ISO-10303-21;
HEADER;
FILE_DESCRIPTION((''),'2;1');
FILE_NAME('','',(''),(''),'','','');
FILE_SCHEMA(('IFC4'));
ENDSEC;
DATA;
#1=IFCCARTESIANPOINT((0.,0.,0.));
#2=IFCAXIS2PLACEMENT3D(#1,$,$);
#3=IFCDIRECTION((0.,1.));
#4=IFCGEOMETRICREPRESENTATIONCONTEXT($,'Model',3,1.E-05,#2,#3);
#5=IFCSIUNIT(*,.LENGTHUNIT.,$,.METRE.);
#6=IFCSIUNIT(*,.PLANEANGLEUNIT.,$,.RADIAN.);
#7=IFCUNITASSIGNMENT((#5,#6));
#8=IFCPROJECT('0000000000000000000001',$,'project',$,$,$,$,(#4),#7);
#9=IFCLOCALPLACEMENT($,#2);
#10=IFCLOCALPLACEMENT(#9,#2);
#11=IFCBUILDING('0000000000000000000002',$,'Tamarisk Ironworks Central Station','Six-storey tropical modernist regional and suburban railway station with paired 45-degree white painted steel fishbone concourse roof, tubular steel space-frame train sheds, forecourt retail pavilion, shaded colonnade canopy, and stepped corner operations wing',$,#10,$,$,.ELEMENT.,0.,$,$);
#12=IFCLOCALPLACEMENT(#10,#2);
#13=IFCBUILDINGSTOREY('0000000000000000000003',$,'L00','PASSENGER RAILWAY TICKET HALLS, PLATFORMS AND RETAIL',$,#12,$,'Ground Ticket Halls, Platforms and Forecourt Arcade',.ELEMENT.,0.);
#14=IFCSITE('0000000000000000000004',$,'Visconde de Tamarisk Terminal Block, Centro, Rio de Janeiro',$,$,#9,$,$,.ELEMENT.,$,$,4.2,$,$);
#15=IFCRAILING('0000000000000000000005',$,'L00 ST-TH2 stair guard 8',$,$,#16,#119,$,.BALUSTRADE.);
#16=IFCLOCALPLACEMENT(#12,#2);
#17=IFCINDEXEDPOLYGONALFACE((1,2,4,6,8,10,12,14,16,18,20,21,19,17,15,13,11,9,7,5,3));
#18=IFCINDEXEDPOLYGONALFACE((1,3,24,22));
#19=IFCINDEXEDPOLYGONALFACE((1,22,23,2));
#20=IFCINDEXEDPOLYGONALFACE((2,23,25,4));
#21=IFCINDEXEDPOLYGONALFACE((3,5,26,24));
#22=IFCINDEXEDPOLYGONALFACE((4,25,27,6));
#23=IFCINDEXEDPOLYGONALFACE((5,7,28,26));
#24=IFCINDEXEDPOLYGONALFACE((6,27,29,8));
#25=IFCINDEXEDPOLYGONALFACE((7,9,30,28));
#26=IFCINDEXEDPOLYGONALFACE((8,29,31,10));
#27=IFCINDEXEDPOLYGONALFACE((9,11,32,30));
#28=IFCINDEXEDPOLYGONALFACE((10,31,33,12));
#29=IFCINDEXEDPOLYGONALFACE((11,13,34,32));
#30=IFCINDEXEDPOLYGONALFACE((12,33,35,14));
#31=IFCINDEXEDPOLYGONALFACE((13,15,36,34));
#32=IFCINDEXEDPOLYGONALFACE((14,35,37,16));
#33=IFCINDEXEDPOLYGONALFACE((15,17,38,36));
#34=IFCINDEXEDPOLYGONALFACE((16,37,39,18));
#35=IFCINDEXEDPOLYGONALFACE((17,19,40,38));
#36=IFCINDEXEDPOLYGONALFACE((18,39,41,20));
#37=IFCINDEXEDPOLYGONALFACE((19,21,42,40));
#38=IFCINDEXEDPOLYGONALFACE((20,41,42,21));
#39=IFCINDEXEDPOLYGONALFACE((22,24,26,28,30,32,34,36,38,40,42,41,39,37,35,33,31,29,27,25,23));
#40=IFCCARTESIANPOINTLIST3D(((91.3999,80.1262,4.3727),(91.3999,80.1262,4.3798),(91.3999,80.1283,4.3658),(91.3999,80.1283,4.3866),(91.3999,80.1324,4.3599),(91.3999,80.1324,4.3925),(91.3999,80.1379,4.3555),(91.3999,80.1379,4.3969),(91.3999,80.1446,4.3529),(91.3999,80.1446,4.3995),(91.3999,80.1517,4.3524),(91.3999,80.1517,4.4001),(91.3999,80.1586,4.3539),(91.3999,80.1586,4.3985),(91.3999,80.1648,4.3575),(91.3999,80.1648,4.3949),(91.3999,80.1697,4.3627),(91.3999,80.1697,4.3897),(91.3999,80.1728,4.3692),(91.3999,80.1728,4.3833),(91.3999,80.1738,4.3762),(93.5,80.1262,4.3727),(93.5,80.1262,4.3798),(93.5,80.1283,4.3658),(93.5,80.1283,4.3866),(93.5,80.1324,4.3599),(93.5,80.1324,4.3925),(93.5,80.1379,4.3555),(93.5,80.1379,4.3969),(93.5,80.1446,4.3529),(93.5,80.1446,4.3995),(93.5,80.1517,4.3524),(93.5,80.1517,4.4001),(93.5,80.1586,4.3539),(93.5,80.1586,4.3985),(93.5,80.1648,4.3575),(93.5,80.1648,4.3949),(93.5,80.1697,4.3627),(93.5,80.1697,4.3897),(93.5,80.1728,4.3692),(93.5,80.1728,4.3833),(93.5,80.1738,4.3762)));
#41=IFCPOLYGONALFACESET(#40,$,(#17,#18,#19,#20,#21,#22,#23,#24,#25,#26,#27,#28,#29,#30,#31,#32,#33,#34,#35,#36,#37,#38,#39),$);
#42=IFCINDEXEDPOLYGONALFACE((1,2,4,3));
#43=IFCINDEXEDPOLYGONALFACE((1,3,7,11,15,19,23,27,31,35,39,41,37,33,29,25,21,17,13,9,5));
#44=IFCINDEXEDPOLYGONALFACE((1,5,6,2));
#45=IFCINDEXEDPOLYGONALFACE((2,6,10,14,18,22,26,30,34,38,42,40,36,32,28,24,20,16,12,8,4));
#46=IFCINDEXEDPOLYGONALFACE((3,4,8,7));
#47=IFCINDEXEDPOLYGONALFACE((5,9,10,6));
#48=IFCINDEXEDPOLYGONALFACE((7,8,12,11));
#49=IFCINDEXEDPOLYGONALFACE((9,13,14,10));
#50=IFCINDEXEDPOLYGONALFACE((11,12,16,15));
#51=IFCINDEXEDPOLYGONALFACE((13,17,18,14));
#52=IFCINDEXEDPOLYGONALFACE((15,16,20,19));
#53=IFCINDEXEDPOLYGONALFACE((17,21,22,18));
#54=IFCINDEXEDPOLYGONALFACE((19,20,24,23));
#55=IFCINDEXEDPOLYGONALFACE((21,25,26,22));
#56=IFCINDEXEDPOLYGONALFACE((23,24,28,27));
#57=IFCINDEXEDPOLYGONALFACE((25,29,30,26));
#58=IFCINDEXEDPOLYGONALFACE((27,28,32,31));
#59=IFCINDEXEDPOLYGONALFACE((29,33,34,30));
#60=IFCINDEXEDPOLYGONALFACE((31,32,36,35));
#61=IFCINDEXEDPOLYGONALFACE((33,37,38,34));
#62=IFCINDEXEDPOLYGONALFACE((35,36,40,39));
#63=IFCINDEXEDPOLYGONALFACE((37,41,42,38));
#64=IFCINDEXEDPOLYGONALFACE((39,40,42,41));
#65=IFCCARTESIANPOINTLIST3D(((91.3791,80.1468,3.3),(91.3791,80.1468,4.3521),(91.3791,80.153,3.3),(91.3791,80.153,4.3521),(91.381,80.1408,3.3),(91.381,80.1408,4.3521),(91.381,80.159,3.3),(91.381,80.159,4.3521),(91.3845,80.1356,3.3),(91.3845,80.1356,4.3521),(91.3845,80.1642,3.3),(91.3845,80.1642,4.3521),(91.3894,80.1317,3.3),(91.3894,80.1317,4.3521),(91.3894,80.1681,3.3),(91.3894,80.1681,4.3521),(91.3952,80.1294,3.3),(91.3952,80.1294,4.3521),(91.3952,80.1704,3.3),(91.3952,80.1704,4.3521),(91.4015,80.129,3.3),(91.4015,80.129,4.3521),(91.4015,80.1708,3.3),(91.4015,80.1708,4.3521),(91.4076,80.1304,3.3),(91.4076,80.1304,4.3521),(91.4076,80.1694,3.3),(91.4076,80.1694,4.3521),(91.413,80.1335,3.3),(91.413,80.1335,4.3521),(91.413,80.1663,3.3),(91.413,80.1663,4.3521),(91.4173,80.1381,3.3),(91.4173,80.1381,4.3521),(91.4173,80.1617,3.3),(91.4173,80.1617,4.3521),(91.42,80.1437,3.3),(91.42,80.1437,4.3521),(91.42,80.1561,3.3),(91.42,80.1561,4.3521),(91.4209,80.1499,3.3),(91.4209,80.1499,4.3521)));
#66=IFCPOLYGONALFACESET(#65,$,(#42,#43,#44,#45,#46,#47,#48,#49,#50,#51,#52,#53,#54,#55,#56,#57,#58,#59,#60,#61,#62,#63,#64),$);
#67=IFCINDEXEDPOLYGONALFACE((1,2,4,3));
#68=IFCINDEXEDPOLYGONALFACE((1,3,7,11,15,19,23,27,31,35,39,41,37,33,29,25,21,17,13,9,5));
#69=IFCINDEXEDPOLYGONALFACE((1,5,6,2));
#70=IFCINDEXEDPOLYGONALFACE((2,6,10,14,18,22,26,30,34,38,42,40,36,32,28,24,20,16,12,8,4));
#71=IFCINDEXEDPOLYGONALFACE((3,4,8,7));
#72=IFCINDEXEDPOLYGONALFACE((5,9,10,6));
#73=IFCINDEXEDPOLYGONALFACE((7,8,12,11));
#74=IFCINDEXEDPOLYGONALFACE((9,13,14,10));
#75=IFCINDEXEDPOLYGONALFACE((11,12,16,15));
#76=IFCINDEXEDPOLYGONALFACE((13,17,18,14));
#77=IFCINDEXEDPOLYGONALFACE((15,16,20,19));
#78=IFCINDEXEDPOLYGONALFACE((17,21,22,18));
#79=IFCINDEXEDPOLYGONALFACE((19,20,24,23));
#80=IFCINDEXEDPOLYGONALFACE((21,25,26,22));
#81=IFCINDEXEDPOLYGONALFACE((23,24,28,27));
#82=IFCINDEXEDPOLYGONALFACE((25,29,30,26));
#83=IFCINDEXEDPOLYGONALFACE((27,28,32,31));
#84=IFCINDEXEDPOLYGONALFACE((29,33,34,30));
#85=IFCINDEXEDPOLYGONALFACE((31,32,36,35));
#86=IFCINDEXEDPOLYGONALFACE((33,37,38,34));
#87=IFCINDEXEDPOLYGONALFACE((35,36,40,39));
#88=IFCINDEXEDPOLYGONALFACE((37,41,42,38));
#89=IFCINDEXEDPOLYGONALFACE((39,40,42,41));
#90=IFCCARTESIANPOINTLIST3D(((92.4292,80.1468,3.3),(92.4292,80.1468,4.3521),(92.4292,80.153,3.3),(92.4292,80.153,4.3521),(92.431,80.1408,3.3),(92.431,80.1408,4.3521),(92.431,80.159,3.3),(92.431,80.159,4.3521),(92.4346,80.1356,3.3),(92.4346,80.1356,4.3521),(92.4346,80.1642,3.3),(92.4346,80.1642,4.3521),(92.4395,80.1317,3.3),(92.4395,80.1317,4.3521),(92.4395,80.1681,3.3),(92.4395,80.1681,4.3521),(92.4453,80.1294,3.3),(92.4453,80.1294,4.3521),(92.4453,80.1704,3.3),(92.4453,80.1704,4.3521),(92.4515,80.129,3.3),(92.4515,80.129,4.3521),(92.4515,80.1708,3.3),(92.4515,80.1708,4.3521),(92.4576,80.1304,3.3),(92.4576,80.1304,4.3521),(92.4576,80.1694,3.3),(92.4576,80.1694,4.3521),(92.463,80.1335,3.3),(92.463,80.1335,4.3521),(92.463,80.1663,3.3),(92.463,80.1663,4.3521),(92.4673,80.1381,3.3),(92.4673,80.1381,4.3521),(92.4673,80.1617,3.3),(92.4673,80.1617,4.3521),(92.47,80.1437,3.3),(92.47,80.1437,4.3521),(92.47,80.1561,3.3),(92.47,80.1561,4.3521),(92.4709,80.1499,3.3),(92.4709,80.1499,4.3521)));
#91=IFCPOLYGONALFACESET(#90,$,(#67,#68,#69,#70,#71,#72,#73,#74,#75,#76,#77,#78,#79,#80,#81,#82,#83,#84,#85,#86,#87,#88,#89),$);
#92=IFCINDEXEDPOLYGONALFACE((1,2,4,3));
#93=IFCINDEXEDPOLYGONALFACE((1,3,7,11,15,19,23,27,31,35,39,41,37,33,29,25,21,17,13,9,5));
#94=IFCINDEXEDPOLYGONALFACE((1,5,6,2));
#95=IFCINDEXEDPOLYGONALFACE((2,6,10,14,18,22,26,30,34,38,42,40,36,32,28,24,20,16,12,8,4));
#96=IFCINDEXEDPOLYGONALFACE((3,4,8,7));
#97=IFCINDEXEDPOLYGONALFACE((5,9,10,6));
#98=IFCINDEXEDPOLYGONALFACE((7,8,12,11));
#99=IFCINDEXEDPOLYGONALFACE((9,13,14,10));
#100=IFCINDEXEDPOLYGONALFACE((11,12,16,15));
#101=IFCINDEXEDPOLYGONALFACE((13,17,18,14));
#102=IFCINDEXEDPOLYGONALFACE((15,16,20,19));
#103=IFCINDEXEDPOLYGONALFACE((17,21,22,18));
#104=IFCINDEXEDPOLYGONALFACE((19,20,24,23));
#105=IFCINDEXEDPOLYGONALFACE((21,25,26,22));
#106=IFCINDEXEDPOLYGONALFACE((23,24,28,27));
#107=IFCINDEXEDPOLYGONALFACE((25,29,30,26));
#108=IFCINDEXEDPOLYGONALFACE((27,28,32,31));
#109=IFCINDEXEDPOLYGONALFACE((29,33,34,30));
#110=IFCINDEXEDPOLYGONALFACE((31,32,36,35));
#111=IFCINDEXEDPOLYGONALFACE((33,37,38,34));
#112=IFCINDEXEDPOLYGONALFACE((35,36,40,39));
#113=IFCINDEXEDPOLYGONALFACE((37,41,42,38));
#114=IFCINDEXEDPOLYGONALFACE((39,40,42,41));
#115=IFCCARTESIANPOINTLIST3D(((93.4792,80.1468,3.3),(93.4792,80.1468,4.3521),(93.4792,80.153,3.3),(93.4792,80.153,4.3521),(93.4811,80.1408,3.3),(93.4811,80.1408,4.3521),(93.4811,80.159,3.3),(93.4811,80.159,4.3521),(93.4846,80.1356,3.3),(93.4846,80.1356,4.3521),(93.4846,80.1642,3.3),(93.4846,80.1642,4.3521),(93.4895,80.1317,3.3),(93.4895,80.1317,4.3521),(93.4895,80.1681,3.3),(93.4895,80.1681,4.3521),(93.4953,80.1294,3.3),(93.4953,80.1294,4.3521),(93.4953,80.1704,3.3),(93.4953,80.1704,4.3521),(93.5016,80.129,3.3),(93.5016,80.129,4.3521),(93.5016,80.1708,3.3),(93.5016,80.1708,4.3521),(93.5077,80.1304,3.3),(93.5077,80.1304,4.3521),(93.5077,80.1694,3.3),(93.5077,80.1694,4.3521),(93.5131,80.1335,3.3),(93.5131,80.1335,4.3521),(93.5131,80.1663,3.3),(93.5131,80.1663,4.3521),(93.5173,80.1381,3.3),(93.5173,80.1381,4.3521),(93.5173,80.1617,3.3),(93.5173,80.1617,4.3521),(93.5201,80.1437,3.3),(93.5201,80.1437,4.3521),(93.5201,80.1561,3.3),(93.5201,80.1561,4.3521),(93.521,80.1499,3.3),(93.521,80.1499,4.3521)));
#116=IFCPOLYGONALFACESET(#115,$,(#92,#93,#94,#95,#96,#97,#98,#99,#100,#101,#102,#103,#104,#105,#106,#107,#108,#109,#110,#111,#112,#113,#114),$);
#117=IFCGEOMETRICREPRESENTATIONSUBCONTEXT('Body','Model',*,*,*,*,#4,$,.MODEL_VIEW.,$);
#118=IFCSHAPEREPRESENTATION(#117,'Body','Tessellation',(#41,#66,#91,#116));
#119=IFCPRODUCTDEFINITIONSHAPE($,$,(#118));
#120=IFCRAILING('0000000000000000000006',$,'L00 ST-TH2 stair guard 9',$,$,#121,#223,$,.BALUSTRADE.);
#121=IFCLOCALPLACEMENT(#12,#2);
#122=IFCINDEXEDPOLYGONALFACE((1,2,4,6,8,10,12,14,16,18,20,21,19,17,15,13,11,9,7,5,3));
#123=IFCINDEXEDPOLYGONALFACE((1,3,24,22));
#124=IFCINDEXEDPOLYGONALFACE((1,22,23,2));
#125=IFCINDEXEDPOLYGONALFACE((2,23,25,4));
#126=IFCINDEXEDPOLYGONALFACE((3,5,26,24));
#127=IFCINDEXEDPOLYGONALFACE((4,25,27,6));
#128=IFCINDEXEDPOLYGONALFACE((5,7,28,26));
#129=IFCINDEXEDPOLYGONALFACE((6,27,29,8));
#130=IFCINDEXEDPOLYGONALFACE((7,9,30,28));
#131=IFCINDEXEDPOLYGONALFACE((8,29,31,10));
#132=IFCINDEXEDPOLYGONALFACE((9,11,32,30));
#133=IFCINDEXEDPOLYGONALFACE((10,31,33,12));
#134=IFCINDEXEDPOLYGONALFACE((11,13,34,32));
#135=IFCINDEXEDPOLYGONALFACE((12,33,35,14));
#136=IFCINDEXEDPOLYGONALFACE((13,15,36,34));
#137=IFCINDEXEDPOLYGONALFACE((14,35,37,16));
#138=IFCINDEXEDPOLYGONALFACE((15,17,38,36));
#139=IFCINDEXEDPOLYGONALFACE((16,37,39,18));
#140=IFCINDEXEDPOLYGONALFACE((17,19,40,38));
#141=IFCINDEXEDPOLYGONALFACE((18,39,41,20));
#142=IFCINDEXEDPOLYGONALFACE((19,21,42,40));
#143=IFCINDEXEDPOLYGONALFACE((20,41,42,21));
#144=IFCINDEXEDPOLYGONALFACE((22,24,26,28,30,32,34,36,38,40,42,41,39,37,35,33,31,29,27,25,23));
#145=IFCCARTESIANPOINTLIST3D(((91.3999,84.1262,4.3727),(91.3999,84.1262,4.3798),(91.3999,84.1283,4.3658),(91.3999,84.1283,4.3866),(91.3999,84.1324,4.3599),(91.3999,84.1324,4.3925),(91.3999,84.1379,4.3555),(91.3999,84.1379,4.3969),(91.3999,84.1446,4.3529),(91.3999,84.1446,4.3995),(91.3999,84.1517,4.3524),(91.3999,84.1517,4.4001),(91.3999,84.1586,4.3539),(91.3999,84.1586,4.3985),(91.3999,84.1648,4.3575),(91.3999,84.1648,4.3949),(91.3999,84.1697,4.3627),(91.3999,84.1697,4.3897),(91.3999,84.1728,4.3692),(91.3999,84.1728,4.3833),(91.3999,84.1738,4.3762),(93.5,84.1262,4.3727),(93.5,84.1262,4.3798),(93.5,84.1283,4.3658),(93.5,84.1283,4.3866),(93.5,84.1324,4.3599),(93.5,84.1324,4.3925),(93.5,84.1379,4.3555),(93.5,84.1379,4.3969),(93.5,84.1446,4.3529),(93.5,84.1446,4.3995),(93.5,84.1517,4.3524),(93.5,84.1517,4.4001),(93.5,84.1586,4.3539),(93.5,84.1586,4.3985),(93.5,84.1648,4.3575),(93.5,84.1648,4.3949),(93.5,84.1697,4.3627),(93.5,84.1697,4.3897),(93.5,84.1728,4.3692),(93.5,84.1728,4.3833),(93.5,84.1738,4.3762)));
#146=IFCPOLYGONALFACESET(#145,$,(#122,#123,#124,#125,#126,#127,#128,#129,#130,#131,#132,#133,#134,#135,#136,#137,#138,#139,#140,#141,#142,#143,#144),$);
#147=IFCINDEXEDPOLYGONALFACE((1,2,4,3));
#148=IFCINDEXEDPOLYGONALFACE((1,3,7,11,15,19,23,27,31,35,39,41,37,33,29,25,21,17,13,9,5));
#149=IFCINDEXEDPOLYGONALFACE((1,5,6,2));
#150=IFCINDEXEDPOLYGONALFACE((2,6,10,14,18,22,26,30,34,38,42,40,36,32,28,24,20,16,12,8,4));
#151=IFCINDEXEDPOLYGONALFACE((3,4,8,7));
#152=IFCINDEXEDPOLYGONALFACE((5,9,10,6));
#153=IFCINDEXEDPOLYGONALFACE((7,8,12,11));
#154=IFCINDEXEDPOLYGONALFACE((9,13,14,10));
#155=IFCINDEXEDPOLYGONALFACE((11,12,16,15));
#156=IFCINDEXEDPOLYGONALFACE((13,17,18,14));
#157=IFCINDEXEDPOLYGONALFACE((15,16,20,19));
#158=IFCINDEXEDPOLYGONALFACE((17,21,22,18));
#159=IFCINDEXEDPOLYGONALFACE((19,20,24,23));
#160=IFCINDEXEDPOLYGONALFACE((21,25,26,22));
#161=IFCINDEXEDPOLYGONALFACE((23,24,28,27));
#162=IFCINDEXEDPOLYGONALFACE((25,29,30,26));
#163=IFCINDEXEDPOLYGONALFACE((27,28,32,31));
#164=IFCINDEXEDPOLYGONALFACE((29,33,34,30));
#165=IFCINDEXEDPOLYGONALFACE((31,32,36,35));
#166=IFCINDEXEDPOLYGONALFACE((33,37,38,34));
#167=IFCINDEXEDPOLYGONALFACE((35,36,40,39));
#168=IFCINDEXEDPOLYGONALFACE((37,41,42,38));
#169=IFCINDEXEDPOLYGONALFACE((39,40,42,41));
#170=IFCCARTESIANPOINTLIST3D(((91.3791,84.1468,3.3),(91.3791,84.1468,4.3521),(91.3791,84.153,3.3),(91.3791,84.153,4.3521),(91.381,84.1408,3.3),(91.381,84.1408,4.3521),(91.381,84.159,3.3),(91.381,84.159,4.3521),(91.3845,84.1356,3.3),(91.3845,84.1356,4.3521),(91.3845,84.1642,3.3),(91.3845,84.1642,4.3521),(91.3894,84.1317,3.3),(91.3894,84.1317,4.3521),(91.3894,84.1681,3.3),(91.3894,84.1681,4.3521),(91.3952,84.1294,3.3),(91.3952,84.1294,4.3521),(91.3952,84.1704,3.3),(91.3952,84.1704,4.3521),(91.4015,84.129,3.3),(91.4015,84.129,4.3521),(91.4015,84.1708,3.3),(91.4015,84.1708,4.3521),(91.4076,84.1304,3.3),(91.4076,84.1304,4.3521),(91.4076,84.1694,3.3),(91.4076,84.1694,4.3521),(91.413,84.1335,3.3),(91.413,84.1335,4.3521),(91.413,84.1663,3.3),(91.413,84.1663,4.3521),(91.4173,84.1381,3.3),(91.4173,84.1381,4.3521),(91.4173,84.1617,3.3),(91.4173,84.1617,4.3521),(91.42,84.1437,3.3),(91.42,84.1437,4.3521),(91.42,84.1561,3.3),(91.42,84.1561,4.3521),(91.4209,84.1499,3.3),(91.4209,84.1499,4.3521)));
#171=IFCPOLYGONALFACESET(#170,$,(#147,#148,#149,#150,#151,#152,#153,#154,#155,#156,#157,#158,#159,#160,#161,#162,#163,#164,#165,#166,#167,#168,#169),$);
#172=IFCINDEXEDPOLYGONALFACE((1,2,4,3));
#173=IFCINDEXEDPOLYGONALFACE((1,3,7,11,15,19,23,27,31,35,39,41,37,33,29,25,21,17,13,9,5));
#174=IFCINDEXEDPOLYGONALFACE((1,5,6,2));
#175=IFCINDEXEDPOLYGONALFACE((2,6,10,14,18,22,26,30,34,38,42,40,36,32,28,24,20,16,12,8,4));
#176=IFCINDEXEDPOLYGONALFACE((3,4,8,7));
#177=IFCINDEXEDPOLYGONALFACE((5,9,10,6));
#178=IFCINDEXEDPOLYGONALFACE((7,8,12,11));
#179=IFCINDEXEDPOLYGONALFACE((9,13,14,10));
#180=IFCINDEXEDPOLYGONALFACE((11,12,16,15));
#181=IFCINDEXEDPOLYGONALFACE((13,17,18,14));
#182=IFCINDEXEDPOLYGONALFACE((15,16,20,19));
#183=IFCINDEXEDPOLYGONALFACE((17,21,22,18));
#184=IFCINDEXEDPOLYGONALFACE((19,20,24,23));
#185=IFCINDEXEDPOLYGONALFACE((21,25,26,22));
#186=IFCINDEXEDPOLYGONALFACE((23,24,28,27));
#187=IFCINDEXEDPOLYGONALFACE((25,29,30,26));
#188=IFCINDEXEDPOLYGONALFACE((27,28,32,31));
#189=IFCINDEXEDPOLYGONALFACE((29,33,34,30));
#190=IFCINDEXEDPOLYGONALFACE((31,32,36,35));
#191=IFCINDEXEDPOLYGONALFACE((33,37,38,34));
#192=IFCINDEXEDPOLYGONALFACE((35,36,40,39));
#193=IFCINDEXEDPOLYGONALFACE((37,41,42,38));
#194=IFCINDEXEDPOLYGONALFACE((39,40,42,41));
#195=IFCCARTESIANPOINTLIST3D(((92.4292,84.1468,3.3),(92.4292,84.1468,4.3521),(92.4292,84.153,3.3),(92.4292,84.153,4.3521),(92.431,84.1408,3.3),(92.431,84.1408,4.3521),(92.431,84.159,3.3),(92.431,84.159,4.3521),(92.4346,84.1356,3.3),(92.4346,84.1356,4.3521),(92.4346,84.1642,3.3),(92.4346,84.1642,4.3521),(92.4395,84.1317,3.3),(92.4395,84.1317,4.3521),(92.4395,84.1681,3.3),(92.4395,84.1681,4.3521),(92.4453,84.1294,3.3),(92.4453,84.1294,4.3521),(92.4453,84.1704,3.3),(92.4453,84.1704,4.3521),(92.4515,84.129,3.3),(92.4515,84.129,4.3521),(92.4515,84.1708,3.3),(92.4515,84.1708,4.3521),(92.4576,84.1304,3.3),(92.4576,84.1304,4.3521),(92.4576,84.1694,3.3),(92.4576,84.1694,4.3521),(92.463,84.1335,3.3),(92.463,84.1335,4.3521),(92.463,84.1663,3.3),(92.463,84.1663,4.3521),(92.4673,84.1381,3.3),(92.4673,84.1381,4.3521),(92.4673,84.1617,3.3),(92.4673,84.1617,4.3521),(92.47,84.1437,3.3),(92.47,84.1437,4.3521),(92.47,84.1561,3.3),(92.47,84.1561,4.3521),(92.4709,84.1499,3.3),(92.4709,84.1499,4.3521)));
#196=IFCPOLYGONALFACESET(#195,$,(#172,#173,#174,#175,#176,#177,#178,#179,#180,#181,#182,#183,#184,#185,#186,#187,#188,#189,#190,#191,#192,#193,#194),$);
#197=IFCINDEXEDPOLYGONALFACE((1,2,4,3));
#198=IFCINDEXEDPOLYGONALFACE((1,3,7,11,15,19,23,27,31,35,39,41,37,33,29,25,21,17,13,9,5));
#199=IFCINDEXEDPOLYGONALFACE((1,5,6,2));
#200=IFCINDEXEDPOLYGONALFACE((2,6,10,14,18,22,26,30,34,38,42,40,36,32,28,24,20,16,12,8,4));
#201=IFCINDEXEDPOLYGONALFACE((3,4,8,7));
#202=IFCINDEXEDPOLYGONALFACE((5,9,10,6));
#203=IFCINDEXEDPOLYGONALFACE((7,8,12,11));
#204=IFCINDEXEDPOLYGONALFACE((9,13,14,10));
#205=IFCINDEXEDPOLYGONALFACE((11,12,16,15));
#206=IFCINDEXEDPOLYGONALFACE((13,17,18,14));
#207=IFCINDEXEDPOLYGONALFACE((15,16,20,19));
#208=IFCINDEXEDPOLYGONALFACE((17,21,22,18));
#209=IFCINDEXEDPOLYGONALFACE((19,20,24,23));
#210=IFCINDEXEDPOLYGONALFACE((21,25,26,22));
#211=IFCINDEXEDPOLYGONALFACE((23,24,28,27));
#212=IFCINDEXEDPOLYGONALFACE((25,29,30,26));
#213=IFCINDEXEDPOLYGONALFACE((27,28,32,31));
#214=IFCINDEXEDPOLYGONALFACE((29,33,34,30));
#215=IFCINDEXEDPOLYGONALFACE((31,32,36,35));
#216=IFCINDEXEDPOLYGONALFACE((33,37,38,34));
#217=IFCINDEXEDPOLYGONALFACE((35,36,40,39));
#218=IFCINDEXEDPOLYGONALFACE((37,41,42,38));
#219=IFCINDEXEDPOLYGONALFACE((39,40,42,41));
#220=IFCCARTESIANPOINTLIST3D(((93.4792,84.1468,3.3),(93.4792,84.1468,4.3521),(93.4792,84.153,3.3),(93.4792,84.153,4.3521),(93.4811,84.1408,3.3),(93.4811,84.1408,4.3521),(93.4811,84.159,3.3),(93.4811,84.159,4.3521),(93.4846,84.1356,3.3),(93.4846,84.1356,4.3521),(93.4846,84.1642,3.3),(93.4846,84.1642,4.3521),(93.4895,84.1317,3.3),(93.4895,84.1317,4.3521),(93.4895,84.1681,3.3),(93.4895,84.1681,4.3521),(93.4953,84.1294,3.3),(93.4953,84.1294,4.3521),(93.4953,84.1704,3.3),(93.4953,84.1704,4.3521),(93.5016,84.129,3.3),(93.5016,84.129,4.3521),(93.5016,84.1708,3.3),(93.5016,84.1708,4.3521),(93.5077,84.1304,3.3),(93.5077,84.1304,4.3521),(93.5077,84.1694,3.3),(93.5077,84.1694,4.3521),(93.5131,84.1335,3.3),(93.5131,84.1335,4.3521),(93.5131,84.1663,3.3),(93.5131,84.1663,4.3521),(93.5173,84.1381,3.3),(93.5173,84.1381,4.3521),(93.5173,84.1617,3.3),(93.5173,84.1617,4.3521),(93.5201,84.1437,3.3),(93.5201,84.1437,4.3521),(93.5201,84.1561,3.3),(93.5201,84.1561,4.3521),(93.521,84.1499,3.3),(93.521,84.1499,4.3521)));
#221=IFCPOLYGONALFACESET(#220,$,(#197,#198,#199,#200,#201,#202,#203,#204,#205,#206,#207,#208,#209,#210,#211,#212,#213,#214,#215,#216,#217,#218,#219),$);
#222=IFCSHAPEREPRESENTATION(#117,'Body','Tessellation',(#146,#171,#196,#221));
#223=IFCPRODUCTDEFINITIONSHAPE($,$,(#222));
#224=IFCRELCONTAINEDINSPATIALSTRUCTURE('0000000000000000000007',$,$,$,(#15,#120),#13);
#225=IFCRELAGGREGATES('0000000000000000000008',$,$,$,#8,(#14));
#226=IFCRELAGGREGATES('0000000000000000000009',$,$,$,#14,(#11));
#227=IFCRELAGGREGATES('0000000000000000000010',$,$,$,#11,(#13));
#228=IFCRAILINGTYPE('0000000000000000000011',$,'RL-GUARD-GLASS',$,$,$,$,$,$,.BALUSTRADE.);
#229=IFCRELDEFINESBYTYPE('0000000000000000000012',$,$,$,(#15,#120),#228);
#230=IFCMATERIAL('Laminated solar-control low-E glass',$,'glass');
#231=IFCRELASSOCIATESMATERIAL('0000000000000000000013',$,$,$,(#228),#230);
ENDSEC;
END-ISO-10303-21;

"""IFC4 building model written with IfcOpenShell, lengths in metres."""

from ifc_helpers import new_model, si_unit, direction, frame, origin, origin_2d, place, context, subcontext, project, spatial, circle, extrude, material, type_object, element, save


model = new_model("IFC4")

# Units and contexts
model_context = context("Model", 3, precision=1e-05, world=origin(), true_north=direction((0.0, 1.0)))
body_context = subcontext(model_context, "Body", "Model", "MODEL_VIEW")
ifc_project = project(units=[si_unit("LENGTHUNIT", "METRE"), si_unit("PLANEANGLEUNIT", "RADIAN")], contexts=[model_context])

# Site, building, storey
site_placement = place(None, origin())
site = spatial("IfcSite", under=ifc_project, at=site_placement, Name="Visconde de Tamarisk Terminal Block, Centro, Rio de Janeiro", CompositionType="ELEMENT", RefElevation=4.2)
building_placement = place(site_placement, origin())
building = spatial("IfcBuilding", under=site, at=building_placement, Name="Tamarisk Ironworks Central Station", Description="Six-storey tropical modernist regional and suburban railway station with paired 45-degree white painted steel fishbone concourse roof, tubular steel space-frame train sheds, forecourt retail pavilion, shaded colonnade canopy, and stepped corner operations wing", CompositionType="ELEMENT", ElevationOfRefHeight=0.0)
storey_placement = place(building_placement, origin())
storey = spatial("IfcBuildingStorey", under=building, at=storey_placement, Name="L00", Description="PASSENGER RAILWAY TICKET HALLS, PLATFORMS AND RETAIL", LongName="Ground Ticket Halls, Platforms and Forecourt Arcade", CompositionType="ELEMENT", Elevation=0.0)

# Railings
ifc_material_1 = material(Name="Laminated solar-control low-E glass", Category="glass")
railing_type_1 = type_object("IfcRailingType", Name="RL-GUARD-GLASS", PredefinedType="BALUSTRADE", material=ifc_material_1)
for number, where, name in (
    (1, (91.3999, 80.1499, 3.3), "L00 ST-TH2 stair guard 8"),
    (2, (91.3999, 84.1499, 3.3), "L00 ST-TH2 stair guard 9"),
):
    element("IfcRailing", number, at=place(storey_placement, frame(where)), inside=storey, type_object=railing_type_1, Name=name, PredefinedType="BALUSTRADE", context=body_context, shape_type="SweptSolid", body=[
        extrude(circle(Radius=0.0239, at=origin_2d()), frame((0.0, 0.0, 1.0762), z_axis=(1.0, 0.0, 0.0), x_axis=(0.0, 1.0, 0.0)), (0.0, 0.0, 1.0), 2.1001),
        extrude(circle(Radius=0.021, at=origin_2d()), origin(), (0.0, 0.0, 1.0), 1.052),
        extrude(circle(Radius=0.021, at=origin_2d()), frame((1.05, 0.0, 0.0)), (0.0, 0.0, 1.0), 1.052),
        extrude(circle(Radius=0.021, at=origin_2d()), frame((2.1001, 0.0, 0.0)), (0.0, 0.0, 1.0), 1.052),
    ])

save(model, "model.ifc")
